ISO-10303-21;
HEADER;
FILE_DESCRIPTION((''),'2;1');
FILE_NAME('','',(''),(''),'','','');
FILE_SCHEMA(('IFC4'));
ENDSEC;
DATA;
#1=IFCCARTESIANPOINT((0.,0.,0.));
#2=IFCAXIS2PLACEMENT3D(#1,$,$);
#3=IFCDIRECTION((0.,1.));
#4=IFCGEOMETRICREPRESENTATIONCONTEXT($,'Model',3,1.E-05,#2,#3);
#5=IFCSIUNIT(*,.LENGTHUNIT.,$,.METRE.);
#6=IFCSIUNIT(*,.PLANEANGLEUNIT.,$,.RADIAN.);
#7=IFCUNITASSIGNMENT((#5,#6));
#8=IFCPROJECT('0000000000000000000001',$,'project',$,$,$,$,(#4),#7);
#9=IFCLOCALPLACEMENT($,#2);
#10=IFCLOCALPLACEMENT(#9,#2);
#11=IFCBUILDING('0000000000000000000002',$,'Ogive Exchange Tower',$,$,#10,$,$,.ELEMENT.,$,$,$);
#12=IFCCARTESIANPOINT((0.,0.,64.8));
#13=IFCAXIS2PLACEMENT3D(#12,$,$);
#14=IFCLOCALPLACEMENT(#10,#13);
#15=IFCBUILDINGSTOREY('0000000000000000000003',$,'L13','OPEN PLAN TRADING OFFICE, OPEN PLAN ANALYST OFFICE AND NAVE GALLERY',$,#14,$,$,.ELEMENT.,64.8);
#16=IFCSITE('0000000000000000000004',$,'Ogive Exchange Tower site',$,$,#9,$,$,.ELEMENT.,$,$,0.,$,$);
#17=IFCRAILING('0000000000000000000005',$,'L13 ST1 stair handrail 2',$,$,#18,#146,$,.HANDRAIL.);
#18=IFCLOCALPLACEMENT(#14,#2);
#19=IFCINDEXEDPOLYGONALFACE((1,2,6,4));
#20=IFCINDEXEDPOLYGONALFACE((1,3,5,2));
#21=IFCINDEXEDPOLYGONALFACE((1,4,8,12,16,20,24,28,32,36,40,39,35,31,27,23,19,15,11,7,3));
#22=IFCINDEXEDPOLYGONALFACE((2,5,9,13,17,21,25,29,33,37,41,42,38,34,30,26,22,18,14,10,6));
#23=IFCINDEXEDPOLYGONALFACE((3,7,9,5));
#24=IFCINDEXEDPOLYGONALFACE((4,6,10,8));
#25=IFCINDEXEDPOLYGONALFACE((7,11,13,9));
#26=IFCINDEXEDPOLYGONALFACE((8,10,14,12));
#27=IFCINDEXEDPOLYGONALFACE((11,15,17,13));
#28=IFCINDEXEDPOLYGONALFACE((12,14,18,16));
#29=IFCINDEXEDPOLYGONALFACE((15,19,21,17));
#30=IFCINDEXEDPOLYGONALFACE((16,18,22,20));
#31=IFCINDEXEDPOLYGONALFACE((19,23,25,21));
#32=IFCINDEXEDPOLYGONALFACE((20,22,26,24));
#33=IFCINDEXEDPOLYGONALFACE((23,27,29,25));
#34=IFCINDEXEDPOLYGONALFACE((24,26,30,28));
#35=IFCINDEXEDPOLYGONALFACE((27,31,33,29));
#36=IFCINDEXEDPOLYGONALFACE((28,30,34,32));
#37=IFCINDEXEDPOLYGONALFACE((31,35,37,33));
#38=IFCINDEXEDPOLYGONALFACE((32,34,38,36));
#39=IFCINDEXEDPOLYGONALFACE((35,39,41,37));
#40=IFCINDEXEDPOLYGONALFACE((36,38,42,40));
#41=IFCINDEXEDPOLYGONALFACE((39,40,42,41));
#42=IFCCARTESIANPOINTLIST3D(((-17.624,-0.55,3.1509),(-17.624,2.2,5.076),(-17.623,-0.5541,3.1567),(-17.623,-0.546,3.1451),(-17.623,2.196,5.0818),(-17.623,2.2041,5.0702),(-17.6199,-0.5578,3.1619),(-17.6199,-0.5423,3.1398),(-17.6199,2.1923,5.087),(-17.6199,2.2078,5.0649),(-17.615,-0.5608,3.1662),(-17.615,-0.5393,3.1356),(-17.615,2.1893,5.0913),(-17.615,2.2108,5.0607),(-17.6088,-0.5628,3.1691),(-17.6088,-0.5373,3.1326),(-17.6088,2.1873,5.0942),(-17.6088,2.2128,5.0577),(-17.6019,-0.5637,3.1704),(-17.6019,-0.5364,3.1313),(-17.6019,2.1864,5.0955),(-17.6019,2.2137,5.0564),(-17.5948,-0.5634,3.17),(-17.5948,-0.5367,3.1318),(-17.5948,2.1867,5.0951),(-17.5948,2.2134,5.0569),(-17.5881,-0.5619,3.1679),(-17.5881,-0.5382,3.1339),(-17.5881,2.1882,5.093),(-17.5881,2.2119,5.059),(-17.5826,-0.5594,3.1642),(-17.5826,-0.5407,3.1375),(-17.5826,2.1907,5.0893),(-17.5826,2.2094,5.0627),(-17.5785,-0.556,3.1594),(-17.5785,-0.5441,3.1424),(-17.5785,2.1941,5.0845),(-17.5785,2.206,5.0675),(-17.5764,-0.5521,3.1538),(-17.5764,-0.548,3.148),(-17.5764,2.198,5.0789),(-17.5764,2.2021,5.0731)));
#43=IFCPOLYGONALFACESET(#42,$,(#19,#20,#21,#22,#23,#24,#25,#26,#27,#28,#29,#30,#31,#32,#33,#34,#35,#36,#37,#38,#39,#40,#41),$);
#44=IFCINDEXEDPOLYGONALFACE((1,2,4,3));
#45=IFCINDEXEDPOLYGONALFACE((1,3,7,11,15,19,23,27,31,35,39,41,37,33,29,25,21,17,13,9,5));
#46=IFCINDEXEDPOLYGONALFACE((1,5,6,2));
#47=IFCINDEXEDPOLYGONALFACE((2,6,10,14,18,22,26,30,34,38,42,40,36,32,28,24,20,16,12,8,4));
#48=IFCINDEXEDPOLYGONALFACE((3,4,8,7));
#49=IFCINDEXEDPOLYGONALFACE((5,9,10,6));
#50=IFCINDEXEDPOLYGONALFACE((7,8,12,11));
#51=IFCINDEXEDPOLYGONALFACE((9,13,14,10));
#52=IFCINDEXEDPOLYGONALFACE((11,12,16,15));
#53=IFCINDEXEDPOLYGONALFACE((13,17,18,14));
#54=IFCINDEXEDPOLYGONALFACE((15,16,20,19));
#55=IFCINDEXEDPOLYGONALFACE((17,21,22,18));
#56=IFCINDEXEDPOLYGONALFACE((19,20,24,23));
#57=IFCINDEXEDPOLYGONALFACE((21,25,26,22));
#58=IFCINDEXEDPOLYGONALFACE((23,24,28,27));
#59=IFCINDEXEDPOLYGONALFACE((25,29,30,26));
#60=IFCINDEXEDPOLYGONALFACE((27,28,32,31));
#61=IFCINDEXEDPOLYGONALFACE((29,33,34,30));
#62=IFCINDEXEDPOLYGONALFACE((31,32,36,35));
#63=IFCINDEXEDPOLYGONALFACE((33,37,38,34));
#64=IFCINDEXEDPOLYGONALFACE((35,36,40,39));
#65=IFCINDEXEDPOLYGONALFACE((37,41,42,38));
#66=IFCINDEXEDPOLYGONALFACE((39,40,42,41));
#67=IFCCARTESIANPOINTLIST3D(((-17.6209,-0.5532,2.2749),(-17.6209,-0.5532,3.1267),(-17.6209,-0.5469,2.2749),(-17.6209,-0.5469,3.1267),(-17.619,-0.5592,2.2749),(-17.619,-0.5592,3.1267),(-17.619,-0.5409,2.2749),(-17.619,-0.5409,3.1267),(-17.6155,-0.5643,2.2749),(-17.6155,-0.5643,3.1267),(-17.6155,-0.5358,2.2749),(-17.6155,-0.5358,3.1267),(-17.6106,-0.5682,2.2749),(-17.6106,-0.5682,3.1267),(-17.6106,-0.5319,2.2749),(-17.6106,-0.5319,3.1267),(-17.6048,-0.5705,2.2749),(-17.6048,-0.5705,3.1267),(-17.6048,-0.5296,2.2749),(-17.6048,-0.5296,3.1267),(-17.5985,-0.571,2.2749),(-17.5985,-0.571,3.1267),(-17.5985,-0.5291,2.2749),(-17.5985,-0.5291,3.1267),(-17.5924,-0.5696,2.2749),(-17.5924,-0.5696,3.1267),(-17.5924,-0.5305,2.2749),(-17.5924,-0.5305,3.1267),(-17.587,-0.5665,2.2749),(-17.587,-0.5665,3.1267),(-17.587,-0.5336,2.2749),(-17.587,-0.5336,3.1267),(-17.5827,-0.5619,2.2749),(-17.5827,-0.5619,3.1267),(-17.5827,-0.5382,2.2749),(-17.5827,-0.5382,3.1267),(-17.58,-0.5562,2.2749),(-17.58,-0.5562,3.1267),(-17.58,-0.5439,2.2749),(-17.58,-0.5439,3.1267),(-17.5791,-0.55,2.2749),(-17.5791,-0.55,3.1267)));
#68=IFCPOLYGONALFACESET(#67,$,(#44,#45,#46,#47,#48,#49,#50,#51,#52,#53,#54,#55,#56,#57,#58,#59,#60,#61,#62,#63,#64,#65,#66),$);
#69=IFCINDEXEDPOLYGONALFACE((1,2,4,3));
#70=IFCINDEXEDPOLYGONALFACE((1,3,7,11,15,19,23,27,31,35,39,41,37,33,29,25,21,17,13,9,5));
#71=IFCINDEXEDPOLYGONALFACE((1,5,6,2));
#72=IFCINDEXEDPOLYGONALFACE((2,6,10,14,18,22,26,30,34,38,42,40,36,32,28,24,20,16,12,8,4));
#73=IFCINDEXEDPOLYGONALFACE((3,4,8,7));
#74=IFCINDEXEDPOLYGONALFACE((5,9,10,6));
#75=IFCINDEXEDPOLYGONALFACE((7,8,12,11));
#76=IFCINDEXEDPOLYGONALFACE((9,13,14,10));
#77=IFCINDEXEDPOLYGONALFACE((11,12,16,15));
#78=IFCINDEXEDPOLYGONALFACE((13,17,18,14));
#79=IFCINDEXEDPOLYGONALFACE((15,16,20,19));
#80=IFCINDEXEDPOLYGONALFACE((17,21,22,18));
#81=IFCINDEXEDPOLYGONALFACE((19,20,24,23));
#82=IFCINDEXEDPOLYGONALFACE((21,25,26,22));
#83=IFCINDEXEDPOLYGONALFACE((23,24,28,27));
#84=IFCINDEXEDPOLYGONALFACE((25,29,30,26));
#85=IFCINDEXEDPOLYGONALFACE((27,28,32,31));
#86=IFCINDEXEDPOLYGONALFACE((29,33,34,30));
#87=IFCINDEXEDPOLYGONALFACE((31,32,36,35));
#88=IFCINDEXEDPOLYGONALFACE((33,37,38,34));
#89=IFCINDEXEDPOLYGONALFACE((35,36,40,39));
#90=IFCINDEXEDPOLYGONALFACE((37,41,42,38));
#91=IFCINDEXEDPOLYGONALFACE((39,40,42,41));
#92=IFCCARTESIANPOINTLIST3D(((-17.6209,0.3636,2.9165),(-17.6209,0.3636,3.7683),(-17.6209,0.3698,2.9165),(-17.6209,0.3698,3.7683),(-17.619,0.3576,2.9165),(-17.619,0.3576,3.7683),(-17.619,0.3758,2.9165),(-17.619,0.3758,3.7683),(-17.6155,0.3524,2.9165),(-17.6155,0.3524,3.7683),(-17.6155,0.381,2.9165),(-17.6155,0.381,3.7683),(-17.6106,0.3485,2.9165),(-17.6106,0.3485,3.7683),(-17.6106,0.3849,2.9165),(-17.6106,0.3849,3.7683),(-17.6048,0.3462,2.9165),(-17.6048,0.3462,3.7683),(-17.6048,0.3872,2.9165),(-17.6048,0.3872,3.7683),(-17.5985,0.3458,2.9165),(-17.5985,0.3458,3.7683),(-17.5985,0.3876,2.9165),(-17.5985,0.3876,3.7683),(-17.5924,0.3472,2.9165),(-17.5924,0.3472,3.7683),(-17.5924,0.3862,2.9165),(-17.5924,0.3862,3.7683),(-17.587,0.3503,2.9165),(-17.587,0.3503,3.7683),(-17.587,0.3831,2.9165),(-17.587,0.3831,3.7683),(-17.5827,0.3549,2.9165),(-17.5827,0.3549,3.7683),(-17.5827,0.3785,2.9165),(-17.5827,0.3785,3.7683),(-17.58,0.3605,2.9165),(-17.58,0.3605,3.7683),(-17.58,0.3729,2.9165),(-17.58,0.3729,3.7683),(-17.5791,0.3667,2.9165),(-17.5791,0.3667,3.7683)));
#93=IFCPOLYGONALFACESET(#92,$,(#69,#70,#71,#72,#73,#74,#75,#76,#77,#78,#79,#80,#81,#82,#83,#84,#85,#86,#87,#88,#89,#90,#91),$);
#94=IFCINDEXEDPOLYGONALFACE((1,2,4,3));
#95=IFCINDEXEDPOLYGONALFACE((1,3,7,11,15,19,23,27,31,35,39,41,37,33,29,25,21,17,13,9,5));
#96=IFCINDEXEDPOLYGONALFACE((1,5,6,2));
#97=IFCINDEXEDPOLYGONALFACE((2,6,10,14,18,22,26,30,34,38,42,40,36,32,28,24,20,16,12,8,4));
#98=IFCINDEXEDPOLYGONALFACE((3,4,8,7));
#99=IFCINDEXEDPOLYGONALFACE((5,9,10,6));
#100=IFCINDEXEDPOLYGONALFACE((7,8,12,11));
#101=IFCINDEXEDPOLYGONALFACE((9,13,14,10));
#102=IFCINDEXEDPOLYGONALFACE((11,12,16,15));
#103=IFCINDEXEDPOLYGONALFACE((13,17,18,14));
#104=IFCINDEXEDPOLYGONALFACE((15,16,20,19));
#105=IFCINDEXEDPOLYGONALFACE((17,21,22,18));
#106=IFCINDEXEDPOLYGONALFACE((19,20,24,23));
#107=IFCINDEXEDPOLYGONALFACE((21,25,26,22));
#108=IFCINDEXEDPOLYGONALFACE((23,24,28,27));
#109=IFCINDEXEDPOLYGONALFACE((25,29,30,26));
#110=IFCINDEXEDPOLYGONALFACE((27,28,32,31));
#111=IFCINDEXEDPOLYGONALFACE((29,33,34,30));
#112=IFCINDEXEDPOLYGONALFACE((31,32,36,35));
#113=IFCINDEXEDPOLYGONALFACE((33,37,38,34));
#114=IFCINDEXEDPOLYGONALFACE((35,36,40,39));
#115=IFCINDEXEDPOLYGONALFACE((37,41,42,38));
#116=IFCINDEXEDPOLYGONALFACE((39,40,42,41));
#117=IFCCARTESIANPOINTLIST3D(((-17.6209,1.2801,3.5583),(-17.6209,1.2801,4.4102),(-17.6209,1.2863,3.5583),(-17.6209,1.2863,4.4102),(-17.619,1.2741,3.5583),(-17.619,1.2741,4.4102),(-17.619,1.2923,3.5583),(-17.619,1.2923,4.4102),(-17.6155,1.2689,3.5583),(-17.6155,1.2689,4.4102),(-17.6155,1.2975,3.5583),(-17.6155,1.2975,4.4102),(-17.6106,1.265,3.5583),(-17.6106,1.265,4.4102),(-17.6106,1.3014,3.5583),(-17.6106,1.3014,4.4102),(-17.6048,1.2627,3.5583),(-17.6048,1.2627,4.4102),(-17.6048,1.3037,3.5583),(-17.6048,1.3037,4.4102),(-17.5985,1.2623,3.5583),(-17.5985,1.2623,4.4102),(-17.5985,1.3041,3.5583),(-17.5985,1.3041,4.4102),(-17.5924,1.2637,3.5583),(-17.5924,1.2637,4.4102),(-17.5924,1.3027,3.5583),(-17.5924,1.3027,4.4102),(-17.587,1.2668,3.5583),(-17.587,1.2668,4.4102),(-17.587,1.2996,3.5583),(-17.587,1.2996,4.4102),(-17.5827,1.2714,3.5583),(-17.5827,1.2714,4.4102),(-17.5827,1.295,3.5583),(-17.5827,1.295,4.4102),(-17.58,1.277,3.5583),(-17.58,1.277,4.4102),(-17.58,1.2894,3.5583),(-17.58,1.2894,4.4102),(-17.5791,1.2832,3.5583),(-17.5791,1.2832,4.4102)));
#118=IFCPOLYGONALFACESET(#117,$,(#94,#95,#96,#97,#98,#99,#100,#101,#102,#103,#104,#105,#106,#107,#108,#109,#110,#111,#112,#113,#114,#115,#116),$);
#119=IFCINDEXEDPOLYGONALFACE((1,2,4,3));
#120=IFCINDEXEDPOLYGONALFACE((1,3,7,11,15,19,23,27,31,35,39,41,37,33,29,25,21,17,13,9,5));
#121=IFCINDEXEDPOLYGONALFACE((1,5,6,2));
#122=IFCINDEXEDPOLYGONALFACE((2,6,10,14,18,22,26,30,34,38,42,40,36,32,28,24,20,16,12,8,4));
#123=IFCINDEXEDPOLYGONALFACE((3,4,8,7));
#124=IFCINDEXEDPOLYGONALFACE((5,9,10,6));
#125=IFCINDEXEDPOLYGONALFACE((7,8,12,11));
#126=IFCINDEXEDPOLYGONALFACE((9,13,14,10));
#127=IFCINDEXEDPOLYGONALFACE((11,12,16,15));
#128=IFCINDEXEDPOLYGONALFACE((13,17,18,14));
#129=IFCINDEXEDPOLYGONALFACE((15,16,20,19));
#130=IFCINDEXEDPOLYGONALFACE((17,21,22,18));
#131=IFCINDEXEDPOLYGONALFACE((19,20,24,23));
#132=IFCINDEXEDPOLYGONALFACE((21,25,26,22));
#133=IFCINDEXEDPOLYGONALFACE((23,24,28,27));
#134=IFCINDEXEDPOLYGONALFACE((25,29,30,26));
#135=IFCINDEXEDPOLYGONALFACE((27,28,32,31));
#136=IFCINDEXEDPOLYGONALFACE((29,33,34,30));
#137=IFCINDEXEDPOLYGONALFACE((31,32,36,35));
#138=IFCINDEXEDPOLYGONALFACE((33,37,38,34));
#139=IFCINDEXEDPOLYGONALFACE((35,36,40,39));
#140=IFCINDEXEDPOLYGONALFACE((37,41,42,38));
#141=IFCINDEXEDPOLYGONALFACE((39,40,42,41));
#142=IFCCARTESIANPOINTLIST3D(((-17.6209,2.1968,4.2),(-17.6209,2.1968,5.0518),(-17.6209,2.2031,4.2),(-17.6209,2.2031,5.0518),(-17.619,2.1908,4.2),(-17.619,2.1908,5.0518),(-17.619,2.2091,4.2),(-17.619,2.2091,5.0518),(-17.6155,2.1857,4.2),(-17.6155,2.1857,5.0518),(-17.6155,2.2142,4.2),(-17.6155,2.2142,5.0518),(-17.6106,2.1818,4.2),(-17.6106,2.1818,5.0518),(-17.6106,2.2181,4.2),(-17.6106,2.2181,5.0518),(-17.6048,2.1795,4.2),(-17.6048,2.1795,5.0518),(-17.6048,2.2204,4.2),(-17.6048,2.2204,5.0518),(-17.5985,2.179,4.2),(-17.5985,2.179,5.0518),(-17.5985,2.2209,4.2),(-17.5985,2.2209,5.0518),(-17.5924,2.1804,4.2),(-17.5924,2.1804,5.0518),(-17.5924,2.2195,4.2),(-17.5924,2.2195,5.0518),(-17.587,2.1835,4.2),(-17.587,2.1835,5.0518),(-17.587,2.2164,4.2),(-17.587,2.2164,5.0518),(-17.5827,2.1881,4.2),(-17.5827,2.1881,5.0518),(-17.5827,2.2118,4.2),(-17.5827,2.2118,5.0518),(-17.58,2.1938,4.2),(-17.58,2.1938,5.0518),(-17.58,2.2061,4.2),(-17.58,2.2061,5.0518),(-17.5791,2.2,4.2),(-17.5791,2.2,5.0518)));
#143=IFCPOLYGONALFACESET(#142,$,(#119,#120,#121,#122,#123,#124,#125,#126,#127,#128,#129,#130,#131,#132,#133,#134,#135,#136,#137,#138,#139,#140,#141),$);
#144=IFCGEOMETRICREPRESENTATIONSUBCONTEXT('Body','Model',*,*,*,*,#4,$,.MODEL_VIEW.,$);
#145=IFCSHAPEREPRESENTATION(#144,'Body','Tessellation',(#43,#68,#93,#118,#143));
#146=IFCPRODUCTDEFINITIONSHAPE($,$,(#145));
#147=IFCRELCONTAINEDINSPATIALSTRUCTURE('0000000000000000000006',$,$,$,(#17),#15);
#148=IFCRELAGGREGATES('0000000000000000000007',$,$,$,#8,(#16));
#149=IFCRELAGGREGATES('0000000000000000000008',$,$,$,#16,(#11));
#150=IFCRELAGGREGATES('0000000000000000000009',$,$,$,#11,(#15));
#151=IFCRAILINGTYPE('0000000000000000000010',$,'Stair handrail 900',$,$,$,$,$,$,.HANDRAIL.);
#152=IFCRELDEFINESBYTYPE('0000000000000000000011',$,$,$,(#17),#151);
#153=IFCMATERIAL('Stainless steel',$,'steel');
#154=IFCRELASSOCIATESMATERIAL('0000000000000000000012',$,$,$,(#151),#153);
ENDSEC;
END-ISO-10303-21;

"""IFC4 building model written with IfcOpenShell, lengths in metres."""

from ifc_helpers import new_model, si_unit, direction, frame, origin, origin_2d, place, context, subcontext, project, spatial, circle, extrude, material, type_object, element, save


model = new_model("IFC4")

# Units and contexts
model_context = context("Model", 3, precision=1e-05, world=origin(), true_north=direction((0.0, 1.0)))
body_context = subcontext(model_context, "Body", "Model", "MODEL_VIEW")
ifc_project = project(units=[si_unit("LENGTHUNIT", "METRE"), si_unit("PLANEANGLEUNIT", "RADIAN")], contexts=[model_context])

# Site, building, storey
site_placement = place(None, origin())
site = spatial("IfcSite", under=ifc_project, at=site_placement, Name="Ogive Exchange Tower site", CompositionType="ELEMENT", RefElevation=0.0)
building_placement = place(site_placement, origin())
building = spatial("IfcBuilding", under=site, at=building_placement, Name="Ogive Exchange Tower", CompositionType="ELEMENT")
storey_placement = place(building_placement, frame((0.0, 0.0, 64.8)))
storey = spatial("IfcBuildingStorey", under=building, at=storey_placement, Name="L13", Description="OPEN PLAN TRADING OFFICE, OPEN PLAN ANALYST OFFICE AND NAVE GALLERY", CompositionType="ELEMENT", Elevation=64.8)

# Shared definitions
ifc_material_1 = material(Name="Stainless steel", Category="steel")

# Railing
railing_type = type_object("IfcRailingType", Name="Stair handrail 900", PredefinedType="HANDRAIL", material=ifc_material_1)
railing_placement = place(storey_placement, frame((-17.6001, -0.55, 2.2749)))
element("IfcRailing", 1, at=railing_placement, inside=storey, type_object=railing_type, Name="L13 ST1 stair handrail 2", PredefinedType="HANDRAIL", context=body_context, shape_type="SweptSolid", body=[
    extrude(circle(Radius=0.0239, at=origin_2d()), frame((0.0, 0.0, 0.876), z_axis=(0.0, 0.819225, 0.573472), x_axis=(-1.0, 0.0, 0.0)), (0.0, 0.0, 1.0), 3.3569),
    extrude(circle(Radius=0.021, at=origin_2d()), origin(), (0.0, 0.0, 1.0), 0.8518),
    extrude(circle(Radius=0.021, at=origin_2d()), frame((0.0, 0.9167, 0.6416)), (0.0, 0.0, 1.0), 0.8518),
    extrude(circle(Radius=0.021, at=origin_2d()), frame((0.0, 1.8333, 1.2834)), (0.0, 0.0, 1.0), 0.8518),
    extrude(circle(Radius=0.021, at=origin_2d()), frame((0.0, 2.75, 1.925)), (0.0, 0.0, 1.0), 0.8518),
])

save(model, "model.ifc")
